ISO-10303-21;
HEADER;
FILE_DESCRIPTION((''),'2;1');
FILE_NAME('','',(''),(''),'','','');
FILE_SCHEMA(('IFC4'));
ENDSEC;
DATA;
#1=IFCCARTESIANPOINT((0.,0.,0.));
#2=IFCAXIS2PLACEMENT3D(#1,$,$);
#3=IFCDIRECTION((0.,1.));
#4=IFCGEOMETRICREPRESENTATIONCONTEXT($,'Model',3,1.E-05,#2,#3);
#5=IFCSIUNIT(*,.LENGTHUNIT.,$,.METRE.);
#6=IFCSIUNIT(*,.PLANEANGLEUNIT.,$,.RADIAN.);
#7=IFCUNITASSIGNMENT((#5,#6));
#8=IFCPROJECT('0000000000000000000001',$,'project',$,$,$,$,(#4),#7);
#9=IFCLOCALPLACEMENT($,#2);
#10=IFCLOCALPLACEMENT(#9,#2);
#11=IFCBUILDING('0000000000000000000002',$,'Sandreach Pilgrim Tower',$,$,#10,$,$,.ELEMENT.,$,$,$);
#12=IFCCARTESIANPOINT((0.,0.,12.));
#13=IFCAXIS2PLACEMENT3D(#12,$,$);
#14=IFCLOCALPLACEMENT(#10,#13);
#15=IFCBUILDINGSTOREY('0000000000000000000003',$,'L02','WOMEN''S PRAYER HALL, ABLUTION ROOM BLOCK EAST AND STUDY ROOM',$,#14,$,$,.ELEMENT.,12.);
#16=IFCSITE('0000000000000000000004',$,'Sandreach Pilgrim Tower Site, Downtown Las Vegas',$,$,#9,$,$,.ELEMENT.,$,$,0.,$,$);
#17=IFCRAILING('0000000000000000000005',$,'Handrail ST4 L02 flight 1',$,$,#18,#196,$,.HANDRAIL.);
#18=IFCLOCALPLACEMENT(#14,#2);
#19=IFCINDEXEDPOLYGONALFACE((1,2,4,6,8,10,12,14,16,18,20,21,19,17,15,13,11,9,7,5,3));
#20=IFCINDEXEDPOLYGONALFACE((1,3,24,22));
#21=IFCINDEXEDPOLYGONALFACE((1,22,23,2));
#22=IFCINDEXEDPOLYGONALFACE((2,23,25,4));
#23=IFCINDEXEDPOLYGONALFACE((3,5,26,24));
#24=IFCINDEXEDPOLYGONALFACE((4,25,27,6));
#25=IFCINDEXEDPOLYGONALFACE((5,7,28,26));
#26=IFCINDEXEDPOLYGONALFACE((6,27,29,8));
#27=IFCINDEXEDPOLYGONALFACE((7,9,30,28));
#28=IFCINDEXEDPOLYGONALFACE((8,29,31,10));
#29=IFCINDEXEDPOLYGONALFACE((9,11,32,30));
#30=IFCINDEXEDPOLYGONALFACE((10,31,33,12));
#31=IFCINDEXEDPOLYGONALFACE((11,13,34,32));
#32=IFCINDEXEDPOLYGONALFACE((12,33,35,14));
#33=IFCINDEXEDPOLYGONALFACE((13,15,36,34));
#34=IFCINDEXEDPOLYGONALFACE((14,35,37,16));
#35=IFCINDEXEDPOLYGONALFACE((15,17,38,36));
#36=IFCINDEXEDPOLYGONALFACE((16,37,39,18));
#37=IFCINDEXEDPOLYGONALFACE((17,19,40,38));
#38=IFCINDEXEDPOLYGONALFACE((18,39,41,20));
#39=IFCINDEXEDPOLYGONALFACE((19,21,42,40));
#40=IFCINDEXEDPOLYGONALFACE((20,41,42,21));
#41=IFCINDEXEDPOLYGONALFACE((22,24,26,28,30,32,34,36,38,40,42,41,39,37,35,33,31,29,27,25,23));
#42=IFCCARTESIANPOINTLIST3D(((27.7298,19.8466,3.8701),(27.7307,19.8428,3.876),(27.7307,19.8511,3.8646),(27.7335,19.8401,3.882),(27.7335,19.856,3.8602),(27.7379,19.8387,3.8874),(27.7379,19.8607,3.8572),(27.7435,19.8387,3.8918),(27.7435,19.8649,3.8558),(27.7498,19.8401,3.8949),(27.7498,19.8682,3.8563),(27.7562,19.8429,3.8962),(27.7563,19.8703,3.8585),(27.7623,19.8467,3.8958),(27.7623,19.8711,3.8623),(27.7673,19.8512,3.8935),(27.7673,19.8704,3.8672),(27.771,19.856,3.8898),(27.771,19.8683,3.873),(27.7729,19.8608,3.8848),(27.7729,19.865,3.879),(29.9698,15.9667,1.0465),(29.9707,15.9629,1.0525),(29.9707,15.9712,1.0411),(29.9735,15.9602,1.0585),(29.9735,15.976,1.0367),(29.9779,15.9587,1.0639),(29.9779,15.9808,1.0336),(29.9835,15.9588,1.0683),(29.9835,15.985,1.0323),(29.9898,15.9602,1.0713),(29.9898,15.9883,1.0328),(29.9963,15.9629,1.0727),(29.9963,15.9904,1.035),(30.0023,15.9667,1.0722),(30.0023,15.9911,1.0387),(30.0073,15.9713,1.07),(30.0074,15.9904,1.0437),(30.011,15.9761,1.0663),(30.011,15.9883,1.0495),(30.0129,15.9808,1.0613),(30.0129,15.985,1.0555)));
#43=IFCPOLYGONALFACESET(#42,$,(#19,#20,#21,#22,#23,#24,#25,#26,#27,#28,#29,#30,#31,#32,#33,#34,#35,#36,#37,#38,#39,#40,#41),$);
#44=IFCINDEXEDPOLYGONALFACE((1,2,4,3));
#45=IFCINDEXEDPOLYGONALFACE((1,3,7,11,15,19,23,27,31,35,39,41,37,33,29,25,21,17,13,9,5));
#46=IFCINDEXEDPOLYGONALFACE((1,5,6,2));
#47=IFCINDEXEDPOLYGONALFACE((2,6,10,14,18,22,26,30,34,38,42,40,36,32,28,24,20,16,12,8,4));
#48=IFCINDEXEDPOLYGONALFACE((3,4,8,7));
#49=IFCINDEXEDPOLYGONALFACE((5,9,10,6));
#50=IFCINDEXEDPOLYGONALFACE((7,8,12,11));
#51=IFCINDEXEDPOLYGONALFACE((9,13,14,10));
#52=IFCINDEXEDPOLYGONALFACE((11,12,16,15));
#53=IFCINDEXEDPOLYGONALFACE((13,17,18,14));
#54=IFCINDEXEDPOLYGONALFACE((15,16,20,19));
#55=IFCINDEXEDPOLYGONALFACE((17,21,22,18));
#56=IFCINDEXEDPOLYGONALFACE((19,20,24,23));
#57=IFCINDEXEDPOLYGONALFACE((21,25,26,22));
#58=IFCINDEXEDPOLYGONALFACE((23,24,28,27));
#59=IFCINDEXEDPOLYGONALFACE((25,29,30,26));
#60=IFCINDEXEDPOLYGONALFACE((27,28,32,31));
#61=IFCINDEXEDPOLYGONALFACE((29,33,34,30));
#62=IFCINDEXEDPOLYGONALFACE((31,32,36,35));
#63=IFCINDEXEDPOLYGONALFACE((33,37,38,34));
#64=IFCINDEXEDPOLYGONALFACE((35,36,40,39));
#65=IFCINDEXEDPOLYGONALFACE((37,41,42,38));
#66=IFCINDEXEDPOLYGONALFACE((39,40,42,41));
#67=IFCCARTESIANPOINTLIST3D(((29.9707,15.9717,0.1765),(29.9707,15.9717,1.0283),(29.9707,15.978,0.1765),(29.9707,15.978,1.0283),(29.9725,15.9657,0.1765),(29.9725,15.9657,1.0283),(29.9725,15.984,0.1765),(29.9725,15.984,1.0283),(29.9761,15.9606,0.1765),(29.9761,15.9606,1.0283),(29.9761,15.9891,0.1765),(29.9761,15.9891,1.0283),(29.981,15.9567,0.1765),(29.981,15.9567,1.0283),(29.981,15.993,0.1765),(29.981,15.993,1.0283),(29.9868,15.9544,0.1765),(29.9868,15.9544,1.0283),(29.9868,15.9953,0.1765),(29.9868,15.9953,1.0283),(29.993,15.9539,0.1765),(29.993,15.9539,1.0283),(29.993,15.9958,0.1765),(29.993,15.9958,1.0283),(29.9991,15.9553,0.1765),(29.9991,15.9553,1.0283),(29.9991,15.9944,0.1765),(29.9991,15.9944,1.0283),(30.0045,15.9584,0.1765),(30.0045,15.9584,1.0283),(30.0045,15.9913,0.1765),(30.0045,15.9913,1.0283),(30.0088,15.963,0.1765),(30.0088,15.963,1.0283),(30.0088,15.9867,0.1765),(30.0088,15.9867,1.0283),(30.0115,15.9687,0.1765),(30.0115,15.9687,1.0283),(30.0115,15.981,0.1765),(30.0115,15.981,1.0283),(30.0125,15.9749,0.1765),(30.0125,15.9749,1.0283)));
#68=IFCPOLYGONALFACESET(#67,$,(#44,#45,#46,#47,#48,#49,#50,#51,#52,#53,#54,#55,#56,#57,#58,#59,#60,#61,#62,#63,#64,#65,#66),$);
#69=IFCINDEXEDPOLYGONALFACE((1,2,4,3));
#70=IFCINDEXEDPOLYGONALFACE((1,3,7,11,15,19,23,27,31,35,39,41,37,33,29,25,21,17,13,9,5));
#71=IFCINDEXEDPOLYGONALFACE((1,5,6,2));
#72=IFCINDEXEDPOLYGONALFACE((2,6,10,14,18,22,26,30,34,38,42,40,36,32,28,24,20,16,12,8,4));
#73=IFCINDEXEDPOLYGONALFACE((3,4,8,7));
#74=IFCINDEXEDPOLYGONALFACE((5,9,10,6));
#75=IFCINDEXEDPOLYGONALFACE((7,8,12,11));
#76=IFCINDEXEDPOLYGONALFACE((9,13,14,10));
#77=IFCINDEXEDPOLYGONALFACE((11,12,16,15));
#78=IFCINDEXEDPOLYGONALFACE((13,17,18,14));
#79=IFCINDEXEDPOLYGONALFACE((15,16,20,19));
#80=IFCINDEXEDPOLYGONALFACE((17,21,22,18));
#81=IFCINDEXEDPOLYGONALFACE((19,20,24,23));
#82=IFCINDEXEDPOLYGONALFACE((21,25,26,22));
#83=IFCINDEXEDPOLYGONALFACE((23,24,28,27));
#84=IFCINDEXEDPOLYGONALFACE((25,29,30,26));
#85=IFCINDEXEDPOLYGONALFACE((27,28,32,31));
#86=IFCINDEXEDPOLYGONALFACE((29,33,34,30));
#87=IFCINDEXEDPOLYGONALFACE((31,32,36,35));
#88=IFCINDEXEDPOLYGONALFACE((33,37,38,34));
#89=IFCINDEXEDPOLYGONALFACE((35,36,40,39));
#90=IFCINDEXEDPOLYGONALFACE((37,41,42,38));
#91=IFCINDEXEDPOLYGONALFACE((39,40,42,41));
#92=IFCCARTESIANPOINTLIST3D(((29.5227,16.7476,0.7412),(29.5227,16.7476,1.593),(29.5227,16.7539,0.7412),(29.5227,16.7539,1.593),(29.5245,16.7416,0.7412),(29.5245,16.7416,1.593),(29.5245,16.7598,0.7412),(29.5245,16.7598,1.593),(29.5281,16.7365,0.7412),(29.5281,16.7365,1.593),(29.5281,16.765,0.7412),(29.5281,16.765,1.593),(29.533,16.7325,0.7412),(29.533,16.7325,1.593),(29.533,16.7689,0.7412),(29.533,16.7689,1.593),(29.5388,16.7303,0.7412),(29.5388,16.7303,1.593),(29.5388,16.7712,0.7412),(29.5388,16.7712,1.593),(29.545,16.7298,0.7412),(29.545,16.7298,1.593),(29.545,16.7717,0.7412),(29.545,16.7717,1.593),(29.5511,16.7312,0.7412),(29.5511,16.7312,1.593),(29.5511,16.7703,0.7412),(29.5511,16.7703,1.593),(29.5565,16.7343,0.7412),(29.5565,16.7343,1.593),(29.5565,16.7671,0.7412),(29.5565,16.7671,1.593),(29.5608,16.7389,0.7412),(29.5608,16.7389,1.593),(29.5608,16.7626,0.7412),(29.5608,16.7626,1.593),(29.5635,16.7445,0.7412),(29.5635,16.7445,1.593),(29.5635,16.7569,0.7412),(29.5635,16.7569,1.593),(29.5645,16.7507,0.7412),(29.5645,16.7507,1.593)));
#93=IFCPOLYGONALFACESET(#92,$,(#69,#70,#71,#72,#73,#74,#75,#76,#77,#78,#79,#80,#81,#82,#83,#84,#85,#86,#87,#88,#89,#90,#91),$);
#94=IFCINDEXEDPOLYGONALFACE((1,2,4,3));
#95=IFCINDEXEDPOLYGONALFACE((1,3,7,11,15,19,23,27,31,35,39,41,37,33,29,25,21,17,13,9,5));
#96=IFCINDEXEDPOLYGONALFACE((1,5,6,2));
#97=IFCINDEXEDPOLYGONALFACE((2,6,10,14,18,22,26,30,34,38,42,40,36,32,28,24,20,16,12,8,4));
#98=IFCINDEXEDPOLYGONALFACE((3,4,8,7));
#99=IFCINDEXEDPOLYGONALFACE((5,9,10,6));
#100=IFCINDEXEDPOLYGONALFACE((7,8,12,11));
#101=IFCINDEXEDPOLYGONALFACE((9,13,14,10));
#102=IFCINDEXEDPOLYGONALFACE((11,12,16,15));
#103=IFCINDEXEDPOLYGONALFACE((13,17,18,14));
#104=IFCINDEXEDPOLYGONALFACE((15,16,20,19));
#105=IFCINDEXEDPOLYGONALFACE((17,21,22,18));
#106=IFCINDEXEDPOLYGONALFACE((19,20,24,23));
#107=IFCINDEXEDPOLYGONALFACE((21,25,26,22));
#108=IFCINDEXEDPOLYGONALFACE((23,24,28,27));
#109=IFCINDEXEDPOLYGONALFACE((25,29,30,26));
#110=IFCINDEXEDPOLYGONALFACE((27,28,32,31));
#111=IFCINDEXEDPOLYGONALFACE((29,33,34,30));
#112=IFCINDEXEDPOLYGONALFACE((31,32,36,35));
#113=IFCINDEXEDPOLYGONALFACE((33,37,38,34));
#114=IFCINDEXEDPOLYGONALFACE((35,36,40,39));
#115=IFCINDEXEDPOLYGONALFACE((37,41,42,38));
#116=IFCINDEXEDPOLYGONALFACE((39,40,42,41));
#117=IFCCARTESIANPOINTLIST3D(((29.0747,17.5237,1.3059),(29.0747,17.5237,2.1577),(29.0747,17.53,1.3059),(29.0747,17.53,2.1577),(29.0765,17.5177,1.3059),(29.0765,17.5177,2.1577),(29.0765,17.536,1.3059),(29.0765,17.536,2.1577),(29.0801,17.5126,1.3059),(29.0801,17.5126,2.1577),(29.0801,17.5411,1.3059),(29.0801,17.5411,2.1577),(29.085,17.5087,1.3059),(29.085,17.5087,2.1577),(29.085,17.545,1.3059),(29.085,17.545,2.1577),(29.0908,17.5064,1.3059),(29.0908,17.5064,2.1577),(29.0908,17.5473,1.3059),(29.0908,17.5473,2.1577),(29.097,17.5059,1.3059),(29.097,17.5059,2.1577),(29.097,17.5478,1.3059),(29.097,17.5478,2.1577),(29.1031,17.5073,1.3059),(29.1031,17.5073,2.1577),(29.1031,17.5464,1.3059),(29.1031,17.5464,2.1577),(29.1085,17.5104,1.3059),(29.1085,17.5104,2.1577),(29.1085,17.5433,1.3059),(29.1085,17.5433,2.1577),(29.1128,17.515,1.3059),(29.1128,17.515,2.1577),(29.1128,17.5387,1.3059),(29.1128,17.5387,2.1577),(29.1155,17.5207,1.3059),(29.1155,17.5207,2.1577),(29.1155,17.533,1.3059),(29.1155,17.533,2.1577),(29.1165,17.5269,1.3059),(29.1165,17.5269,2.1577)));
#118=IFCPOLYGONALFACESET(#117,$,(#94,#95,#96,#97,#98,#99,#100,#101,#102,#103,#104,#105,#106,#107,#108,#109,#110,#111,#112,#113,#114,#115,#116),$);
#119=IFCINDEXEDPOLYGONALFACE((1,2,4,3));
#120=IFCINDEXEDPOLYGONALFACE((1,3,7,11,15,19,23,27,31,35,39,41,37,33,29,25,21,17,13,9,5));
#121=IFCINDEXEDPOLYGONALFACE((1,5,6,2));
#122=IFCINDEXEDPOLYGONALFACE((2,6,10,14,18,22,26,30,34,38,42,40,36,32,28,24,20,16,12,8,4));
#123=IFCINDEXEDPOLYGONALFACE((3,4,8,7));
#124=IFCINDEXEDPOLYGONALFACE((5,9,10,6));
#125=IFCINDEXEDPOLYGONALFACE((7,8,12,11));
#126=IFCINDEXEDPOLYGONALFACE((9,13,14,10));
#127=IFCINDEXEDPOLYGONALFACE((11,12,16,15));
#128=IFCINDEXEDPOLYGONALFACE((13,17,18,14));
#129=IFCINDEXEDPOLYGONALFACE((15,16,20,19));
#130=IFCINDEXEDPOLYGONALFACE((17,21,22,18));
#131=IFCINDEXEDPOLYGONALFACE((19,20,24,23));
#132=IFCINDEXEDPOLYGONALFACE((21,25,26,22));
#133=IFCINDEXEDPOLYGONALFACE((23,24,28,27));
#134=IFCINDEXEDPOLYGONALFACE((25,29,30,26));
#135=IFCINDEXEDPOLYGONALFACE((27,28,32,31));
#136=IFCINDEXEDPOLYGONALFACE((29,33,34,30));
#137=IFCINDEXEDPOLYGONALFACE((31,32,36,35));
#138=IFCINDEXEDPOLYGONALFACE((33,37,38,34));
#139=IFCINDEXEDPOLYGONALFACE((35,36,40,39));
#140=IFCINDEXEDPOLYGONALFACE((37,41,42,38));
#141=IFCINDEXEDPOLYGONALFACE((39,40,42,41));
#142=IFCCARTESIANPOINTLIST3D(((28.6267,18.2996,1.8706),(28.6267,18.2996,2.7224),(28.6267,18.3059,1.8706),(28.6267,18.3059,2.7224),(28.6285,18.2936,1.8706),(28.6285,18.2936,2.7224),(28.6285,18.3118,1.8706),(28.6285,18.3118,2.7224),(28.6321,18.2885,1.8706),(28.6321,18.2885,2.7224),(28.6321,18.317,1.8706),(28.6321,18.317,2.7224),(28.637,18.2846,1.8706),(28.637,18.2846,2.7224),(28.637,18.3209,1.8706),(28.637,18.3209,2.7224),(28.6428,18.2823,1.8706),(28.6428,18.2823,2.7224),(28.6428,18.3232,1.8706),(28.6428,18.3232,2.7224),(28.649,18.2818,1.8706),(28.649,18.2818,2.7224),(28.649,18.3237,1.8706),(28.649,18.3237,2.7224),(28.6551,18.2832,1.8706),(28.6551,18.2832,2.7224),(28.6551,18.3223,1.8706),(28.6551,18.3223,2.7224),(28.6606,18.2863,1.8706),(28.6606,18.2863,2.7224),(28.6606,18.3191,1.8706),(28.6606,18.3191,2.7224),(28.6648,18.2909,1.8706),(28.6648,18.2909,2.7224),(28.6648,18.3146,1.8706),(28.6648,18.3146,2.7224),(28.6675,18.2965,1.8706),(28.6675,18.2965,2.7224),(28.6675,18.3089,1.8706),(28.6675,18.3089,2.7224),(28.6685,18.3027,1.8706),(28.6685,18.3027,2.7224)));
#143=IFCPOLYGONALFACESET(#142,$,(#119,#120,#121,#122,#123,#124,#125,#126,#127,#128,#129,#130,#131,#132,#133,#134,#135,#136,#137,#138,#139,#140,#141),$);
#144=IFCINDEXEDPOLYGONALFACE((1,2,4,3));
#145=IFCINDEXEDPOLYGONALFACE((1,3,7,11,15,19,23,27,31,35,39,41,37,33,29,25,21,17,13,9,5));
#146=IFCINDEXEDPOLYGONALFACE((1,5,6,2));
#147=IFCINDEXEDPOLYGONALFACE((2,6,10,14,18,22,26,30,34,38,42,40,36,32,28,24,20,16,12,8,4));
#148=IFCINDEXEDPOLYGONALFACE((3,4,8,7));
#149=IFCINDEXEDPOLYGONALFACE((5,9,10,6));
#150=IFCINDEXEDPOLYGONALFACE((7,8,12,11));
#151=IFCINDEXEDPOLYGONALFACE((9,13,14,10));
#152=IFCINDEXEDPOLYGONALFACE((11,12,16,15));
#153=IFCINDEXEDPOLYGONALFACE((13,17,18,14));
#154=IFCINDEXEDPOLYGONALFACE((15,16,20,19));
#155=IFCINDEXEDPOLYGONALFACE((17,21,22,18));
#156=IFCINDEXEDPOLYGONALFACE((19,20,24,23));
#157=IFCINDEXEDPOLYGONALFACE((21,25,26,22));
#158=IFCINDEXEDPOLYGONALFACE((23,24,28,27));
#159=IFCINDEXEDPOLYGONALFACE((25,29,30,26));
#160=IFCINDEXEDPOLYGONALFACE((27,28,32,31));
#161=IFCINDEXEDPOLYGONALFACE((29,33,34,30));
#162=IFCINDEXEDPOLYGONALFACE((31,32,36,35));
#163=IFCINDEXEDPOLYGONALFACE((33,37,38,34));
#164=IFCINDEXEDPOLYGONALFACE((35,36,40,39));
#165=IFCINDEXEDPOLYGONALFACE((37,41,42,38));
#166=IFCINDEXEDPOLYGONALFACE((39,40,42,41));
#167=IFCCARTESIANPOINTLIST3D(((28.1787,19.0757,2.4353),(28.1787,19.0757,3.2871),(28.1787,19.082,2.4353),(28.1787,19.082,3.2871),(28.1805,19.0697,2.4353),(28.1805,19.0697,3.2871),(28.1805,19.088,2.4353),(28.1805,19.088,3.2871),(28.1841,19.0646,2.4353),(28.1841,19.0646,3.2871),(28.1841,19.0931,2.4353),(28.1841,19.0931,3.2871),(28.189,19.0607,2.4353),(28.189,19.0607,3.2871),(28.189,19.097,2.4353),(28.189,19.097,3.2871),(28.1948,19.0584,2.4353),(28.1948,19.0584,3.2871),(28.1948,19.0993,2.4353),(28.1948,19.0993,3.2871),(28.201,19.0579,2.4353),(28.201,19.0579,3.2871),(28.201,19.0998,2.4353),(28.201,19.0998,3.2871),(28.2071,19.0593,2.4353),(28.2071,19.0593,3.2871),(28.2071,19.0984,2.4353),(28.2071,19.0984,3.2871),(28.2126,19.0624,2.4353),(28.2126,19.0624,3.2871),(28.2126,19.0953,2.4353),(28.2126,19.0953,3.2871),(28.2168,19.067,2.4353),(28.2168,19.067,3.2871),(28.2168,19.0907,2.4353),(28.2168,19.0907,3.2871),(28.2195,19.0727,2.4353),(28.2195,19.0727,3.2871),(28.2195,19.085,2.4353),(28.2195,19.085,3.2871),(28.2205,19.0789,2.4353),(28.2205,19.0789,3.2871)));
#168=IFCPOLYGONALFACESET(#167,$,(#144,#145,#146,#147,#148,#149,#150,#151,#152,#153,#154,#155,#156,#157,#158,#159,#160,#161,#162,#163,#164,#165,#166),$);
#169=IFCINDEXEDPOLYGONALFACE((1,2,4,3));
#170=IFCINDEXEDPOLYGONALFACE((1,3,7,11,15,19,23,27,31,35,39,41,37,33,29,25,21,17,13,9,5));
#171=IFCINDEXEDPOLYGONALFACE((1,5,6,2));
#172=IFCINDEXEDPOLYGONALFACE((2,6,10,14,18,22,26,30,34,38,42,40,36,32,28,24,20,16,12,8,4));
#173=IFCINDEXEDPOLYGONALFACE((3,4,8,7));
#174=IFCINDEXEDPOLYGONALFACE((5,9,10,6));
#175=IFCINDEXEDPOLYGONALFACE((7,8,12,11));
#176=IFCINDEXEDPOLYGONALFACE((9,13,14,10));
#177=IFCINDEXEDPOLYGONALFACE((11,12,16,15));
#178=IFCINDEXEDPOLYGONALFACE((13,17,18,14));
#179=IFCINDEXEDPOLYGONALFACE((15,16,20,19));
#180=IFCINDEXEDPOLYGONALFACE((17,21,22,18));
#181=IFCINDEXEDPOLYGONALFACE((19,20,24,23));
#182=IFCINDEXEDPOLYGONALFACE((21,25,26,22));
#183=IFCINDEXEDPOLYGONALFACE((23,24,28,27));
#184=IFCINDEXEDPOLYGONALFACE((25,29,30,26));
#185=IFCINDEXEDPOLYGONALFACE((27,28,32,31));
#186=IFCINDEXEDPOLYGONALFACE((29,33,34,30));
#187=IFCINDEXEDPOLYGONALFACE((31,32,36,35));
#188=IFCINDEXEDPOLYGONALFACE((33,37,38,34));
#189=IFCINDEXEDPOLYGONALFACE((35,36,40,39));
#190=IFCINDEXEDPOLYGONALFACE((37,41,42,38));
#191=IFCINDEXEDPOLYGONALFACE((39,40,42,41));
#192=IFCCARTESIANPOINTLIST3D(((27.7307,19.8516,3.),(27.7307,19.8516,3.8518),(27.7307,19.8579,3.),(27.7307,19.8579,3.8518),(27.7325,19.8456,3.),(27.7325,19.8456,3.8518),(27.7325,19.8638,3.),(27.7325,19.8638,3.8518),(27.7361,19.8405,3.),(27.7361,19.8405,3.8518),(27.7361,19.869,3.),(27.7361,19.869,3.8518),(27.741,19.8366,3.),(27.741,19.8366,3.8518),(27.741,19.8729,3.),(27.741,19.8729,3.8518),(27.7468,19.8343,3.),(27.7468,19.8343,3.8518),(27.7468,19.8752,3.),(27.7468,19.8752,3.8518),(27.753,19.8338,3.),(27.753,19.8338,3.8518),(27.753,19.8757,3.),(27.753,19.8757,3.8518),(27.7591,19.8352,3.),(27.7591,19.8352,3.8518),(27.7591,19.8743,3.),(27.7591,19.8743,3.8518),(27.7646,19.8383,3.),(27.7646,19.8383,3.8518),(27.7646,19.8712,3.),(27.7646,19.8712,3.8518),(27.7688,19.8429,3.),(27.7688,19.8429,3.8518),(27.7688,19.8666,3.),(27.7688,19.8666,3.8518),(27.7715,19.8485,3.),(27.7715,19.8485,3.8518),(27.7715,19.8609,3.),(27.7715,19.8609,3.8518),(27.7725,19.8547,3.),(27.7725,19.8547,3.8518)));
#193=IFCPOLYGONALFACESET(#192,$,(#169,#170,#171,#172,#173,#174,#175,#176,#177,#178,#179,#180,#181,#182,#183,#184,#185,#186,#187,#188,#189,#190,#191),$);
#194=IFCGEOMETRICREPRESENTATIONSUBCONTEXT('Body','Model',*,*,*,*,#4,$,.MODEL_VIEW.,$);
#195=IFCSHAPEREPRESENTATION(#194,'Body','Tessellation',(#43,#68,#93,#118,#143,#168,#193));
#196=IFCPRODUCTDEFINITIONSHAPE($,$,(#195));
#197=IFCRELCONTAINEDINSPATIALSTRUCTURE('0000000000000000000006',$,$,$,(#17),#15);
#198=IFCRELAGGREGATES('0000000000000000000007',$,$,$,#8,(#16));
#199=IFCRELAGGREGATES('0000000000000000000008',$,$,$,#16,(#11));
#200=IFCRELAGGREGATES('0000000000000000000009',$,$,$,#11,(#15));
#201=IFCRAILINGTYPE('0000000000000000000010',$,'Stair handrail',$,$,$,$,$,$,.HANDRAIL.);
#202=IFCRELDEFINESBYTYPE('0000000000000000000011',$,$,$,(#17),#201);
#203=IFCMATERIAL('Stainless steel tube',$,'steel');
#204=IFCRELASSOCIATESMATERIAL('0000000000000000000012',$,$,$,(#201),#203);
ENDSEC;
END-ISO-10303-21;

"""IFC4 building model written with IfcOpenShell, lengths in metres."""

from ifc_helpers import new_model, si_unit, direction, frame, origin, origin_2d, place, context, subcontext, project, spatial, circle, extrude, material, type_object, element, save


model = new_model("IFC4")

# Units and contexts
model_context = context("Model", 3, precision=1e-05, world=origin(), true_north=direction((0.0, 1.0)))
body_context = subcontext(model_context, "Body", "Model", "MODEL_VIEW")
ifc_project = project(units=[si_unit("LENGTHUNIT", "METRE"), si_unit("PLANEANGLEUNIT", "RADIAN")], contexts=[model_context])

# Site, building, storey
site_placement = place(None, origin())
site = spatial("IfcSite", under=ifc_project, at=site_placement, Name="Sandreach Pilgrim Tower Site, Downtown Las Vegas", CompositionType="ELEMENT", RefElevation=0.0)
building_placement = place(site_placement, origin())
building = spatial("IfcBuilding", under=site, at=building_placement, Name="Sandreach Pilgrim Tower", CompositionType="ELEMENT")
storey_placement = place(building_placement, frame((0.0, 0.0, 12.0)))
storey = spatial("IfcBuildingStorey", under=building, at=storey_placement, Name="L02", Description="WOMEN'S PRAYER HALL, ABLUTION ROOM BLOCK EAST AND STUDY ROOM", CompositionType="ELEMENT", Elevation=12.0)

# Railing
ifc_material_1 = material(Name="Stainless steel tube", Category="steel")
railing_type = type_object("IfcRailingType", Name="Stair handrail", PredefinedType="HANDRAIL", material=ifc_material_1)
for number, where, name in (
    (1, (29.9915, 15.9749, 0.1765), "Handrail ST4 L02 flight 1"),
):
    element("IfcRailing", number, at=place(storey_placement, frame(where)), inside=storey, type_object=railing_type, Name=name, PredefinedType="HANDRAIL", context=body_context, shape_type="SweptSolid", body=[
        extrude(circle(Radius=0.0239, at=origin_2d()), frame((0.0, 0.0, 0.876), z_axis=(-0.422993, 0.732665, 0.533178), x_axis=(-0.866031, -0.49999, 0.0)), (0.0, 0.0, 1.0), 5.2957),
        extrude(circle(Radius=0.021, at=origin_2d()), origin(), (0.0, 0.0, 1.0), 0.8518),
        extrude(circle(Radius=0.021, at=origin_2d()), frame((-0.448, 0.7759, 0.5647)), (0.0, 0.0, 1.0), 0.8518),
        extrude(circle(Radius=0.021, at=origin_2d()), frame((-0.896, 1.552, 1.1294)), (0.0, 0.0, 1.0), 0.8518),
        extrude(circle(Radius=0.021, at=origin_2d()), frame((-1.344, 2.3279, 1.6941)), (0.0, 0.0, 1.0), 0.8518),
        extrude(circle(Radius=0.021, at=origin_2d()), frame((-1.792, 3.104, 2.2588)), (0.0, 0.0, 1.0), 0.8518),
        extrude(circle(Radius=0.021, at=origin_2d()), frame((-2.24, 3.8799, 2.8235)), (0.0, 0.0, 1.0), 0.8518),
    ])

save(model, "model.ifc")
